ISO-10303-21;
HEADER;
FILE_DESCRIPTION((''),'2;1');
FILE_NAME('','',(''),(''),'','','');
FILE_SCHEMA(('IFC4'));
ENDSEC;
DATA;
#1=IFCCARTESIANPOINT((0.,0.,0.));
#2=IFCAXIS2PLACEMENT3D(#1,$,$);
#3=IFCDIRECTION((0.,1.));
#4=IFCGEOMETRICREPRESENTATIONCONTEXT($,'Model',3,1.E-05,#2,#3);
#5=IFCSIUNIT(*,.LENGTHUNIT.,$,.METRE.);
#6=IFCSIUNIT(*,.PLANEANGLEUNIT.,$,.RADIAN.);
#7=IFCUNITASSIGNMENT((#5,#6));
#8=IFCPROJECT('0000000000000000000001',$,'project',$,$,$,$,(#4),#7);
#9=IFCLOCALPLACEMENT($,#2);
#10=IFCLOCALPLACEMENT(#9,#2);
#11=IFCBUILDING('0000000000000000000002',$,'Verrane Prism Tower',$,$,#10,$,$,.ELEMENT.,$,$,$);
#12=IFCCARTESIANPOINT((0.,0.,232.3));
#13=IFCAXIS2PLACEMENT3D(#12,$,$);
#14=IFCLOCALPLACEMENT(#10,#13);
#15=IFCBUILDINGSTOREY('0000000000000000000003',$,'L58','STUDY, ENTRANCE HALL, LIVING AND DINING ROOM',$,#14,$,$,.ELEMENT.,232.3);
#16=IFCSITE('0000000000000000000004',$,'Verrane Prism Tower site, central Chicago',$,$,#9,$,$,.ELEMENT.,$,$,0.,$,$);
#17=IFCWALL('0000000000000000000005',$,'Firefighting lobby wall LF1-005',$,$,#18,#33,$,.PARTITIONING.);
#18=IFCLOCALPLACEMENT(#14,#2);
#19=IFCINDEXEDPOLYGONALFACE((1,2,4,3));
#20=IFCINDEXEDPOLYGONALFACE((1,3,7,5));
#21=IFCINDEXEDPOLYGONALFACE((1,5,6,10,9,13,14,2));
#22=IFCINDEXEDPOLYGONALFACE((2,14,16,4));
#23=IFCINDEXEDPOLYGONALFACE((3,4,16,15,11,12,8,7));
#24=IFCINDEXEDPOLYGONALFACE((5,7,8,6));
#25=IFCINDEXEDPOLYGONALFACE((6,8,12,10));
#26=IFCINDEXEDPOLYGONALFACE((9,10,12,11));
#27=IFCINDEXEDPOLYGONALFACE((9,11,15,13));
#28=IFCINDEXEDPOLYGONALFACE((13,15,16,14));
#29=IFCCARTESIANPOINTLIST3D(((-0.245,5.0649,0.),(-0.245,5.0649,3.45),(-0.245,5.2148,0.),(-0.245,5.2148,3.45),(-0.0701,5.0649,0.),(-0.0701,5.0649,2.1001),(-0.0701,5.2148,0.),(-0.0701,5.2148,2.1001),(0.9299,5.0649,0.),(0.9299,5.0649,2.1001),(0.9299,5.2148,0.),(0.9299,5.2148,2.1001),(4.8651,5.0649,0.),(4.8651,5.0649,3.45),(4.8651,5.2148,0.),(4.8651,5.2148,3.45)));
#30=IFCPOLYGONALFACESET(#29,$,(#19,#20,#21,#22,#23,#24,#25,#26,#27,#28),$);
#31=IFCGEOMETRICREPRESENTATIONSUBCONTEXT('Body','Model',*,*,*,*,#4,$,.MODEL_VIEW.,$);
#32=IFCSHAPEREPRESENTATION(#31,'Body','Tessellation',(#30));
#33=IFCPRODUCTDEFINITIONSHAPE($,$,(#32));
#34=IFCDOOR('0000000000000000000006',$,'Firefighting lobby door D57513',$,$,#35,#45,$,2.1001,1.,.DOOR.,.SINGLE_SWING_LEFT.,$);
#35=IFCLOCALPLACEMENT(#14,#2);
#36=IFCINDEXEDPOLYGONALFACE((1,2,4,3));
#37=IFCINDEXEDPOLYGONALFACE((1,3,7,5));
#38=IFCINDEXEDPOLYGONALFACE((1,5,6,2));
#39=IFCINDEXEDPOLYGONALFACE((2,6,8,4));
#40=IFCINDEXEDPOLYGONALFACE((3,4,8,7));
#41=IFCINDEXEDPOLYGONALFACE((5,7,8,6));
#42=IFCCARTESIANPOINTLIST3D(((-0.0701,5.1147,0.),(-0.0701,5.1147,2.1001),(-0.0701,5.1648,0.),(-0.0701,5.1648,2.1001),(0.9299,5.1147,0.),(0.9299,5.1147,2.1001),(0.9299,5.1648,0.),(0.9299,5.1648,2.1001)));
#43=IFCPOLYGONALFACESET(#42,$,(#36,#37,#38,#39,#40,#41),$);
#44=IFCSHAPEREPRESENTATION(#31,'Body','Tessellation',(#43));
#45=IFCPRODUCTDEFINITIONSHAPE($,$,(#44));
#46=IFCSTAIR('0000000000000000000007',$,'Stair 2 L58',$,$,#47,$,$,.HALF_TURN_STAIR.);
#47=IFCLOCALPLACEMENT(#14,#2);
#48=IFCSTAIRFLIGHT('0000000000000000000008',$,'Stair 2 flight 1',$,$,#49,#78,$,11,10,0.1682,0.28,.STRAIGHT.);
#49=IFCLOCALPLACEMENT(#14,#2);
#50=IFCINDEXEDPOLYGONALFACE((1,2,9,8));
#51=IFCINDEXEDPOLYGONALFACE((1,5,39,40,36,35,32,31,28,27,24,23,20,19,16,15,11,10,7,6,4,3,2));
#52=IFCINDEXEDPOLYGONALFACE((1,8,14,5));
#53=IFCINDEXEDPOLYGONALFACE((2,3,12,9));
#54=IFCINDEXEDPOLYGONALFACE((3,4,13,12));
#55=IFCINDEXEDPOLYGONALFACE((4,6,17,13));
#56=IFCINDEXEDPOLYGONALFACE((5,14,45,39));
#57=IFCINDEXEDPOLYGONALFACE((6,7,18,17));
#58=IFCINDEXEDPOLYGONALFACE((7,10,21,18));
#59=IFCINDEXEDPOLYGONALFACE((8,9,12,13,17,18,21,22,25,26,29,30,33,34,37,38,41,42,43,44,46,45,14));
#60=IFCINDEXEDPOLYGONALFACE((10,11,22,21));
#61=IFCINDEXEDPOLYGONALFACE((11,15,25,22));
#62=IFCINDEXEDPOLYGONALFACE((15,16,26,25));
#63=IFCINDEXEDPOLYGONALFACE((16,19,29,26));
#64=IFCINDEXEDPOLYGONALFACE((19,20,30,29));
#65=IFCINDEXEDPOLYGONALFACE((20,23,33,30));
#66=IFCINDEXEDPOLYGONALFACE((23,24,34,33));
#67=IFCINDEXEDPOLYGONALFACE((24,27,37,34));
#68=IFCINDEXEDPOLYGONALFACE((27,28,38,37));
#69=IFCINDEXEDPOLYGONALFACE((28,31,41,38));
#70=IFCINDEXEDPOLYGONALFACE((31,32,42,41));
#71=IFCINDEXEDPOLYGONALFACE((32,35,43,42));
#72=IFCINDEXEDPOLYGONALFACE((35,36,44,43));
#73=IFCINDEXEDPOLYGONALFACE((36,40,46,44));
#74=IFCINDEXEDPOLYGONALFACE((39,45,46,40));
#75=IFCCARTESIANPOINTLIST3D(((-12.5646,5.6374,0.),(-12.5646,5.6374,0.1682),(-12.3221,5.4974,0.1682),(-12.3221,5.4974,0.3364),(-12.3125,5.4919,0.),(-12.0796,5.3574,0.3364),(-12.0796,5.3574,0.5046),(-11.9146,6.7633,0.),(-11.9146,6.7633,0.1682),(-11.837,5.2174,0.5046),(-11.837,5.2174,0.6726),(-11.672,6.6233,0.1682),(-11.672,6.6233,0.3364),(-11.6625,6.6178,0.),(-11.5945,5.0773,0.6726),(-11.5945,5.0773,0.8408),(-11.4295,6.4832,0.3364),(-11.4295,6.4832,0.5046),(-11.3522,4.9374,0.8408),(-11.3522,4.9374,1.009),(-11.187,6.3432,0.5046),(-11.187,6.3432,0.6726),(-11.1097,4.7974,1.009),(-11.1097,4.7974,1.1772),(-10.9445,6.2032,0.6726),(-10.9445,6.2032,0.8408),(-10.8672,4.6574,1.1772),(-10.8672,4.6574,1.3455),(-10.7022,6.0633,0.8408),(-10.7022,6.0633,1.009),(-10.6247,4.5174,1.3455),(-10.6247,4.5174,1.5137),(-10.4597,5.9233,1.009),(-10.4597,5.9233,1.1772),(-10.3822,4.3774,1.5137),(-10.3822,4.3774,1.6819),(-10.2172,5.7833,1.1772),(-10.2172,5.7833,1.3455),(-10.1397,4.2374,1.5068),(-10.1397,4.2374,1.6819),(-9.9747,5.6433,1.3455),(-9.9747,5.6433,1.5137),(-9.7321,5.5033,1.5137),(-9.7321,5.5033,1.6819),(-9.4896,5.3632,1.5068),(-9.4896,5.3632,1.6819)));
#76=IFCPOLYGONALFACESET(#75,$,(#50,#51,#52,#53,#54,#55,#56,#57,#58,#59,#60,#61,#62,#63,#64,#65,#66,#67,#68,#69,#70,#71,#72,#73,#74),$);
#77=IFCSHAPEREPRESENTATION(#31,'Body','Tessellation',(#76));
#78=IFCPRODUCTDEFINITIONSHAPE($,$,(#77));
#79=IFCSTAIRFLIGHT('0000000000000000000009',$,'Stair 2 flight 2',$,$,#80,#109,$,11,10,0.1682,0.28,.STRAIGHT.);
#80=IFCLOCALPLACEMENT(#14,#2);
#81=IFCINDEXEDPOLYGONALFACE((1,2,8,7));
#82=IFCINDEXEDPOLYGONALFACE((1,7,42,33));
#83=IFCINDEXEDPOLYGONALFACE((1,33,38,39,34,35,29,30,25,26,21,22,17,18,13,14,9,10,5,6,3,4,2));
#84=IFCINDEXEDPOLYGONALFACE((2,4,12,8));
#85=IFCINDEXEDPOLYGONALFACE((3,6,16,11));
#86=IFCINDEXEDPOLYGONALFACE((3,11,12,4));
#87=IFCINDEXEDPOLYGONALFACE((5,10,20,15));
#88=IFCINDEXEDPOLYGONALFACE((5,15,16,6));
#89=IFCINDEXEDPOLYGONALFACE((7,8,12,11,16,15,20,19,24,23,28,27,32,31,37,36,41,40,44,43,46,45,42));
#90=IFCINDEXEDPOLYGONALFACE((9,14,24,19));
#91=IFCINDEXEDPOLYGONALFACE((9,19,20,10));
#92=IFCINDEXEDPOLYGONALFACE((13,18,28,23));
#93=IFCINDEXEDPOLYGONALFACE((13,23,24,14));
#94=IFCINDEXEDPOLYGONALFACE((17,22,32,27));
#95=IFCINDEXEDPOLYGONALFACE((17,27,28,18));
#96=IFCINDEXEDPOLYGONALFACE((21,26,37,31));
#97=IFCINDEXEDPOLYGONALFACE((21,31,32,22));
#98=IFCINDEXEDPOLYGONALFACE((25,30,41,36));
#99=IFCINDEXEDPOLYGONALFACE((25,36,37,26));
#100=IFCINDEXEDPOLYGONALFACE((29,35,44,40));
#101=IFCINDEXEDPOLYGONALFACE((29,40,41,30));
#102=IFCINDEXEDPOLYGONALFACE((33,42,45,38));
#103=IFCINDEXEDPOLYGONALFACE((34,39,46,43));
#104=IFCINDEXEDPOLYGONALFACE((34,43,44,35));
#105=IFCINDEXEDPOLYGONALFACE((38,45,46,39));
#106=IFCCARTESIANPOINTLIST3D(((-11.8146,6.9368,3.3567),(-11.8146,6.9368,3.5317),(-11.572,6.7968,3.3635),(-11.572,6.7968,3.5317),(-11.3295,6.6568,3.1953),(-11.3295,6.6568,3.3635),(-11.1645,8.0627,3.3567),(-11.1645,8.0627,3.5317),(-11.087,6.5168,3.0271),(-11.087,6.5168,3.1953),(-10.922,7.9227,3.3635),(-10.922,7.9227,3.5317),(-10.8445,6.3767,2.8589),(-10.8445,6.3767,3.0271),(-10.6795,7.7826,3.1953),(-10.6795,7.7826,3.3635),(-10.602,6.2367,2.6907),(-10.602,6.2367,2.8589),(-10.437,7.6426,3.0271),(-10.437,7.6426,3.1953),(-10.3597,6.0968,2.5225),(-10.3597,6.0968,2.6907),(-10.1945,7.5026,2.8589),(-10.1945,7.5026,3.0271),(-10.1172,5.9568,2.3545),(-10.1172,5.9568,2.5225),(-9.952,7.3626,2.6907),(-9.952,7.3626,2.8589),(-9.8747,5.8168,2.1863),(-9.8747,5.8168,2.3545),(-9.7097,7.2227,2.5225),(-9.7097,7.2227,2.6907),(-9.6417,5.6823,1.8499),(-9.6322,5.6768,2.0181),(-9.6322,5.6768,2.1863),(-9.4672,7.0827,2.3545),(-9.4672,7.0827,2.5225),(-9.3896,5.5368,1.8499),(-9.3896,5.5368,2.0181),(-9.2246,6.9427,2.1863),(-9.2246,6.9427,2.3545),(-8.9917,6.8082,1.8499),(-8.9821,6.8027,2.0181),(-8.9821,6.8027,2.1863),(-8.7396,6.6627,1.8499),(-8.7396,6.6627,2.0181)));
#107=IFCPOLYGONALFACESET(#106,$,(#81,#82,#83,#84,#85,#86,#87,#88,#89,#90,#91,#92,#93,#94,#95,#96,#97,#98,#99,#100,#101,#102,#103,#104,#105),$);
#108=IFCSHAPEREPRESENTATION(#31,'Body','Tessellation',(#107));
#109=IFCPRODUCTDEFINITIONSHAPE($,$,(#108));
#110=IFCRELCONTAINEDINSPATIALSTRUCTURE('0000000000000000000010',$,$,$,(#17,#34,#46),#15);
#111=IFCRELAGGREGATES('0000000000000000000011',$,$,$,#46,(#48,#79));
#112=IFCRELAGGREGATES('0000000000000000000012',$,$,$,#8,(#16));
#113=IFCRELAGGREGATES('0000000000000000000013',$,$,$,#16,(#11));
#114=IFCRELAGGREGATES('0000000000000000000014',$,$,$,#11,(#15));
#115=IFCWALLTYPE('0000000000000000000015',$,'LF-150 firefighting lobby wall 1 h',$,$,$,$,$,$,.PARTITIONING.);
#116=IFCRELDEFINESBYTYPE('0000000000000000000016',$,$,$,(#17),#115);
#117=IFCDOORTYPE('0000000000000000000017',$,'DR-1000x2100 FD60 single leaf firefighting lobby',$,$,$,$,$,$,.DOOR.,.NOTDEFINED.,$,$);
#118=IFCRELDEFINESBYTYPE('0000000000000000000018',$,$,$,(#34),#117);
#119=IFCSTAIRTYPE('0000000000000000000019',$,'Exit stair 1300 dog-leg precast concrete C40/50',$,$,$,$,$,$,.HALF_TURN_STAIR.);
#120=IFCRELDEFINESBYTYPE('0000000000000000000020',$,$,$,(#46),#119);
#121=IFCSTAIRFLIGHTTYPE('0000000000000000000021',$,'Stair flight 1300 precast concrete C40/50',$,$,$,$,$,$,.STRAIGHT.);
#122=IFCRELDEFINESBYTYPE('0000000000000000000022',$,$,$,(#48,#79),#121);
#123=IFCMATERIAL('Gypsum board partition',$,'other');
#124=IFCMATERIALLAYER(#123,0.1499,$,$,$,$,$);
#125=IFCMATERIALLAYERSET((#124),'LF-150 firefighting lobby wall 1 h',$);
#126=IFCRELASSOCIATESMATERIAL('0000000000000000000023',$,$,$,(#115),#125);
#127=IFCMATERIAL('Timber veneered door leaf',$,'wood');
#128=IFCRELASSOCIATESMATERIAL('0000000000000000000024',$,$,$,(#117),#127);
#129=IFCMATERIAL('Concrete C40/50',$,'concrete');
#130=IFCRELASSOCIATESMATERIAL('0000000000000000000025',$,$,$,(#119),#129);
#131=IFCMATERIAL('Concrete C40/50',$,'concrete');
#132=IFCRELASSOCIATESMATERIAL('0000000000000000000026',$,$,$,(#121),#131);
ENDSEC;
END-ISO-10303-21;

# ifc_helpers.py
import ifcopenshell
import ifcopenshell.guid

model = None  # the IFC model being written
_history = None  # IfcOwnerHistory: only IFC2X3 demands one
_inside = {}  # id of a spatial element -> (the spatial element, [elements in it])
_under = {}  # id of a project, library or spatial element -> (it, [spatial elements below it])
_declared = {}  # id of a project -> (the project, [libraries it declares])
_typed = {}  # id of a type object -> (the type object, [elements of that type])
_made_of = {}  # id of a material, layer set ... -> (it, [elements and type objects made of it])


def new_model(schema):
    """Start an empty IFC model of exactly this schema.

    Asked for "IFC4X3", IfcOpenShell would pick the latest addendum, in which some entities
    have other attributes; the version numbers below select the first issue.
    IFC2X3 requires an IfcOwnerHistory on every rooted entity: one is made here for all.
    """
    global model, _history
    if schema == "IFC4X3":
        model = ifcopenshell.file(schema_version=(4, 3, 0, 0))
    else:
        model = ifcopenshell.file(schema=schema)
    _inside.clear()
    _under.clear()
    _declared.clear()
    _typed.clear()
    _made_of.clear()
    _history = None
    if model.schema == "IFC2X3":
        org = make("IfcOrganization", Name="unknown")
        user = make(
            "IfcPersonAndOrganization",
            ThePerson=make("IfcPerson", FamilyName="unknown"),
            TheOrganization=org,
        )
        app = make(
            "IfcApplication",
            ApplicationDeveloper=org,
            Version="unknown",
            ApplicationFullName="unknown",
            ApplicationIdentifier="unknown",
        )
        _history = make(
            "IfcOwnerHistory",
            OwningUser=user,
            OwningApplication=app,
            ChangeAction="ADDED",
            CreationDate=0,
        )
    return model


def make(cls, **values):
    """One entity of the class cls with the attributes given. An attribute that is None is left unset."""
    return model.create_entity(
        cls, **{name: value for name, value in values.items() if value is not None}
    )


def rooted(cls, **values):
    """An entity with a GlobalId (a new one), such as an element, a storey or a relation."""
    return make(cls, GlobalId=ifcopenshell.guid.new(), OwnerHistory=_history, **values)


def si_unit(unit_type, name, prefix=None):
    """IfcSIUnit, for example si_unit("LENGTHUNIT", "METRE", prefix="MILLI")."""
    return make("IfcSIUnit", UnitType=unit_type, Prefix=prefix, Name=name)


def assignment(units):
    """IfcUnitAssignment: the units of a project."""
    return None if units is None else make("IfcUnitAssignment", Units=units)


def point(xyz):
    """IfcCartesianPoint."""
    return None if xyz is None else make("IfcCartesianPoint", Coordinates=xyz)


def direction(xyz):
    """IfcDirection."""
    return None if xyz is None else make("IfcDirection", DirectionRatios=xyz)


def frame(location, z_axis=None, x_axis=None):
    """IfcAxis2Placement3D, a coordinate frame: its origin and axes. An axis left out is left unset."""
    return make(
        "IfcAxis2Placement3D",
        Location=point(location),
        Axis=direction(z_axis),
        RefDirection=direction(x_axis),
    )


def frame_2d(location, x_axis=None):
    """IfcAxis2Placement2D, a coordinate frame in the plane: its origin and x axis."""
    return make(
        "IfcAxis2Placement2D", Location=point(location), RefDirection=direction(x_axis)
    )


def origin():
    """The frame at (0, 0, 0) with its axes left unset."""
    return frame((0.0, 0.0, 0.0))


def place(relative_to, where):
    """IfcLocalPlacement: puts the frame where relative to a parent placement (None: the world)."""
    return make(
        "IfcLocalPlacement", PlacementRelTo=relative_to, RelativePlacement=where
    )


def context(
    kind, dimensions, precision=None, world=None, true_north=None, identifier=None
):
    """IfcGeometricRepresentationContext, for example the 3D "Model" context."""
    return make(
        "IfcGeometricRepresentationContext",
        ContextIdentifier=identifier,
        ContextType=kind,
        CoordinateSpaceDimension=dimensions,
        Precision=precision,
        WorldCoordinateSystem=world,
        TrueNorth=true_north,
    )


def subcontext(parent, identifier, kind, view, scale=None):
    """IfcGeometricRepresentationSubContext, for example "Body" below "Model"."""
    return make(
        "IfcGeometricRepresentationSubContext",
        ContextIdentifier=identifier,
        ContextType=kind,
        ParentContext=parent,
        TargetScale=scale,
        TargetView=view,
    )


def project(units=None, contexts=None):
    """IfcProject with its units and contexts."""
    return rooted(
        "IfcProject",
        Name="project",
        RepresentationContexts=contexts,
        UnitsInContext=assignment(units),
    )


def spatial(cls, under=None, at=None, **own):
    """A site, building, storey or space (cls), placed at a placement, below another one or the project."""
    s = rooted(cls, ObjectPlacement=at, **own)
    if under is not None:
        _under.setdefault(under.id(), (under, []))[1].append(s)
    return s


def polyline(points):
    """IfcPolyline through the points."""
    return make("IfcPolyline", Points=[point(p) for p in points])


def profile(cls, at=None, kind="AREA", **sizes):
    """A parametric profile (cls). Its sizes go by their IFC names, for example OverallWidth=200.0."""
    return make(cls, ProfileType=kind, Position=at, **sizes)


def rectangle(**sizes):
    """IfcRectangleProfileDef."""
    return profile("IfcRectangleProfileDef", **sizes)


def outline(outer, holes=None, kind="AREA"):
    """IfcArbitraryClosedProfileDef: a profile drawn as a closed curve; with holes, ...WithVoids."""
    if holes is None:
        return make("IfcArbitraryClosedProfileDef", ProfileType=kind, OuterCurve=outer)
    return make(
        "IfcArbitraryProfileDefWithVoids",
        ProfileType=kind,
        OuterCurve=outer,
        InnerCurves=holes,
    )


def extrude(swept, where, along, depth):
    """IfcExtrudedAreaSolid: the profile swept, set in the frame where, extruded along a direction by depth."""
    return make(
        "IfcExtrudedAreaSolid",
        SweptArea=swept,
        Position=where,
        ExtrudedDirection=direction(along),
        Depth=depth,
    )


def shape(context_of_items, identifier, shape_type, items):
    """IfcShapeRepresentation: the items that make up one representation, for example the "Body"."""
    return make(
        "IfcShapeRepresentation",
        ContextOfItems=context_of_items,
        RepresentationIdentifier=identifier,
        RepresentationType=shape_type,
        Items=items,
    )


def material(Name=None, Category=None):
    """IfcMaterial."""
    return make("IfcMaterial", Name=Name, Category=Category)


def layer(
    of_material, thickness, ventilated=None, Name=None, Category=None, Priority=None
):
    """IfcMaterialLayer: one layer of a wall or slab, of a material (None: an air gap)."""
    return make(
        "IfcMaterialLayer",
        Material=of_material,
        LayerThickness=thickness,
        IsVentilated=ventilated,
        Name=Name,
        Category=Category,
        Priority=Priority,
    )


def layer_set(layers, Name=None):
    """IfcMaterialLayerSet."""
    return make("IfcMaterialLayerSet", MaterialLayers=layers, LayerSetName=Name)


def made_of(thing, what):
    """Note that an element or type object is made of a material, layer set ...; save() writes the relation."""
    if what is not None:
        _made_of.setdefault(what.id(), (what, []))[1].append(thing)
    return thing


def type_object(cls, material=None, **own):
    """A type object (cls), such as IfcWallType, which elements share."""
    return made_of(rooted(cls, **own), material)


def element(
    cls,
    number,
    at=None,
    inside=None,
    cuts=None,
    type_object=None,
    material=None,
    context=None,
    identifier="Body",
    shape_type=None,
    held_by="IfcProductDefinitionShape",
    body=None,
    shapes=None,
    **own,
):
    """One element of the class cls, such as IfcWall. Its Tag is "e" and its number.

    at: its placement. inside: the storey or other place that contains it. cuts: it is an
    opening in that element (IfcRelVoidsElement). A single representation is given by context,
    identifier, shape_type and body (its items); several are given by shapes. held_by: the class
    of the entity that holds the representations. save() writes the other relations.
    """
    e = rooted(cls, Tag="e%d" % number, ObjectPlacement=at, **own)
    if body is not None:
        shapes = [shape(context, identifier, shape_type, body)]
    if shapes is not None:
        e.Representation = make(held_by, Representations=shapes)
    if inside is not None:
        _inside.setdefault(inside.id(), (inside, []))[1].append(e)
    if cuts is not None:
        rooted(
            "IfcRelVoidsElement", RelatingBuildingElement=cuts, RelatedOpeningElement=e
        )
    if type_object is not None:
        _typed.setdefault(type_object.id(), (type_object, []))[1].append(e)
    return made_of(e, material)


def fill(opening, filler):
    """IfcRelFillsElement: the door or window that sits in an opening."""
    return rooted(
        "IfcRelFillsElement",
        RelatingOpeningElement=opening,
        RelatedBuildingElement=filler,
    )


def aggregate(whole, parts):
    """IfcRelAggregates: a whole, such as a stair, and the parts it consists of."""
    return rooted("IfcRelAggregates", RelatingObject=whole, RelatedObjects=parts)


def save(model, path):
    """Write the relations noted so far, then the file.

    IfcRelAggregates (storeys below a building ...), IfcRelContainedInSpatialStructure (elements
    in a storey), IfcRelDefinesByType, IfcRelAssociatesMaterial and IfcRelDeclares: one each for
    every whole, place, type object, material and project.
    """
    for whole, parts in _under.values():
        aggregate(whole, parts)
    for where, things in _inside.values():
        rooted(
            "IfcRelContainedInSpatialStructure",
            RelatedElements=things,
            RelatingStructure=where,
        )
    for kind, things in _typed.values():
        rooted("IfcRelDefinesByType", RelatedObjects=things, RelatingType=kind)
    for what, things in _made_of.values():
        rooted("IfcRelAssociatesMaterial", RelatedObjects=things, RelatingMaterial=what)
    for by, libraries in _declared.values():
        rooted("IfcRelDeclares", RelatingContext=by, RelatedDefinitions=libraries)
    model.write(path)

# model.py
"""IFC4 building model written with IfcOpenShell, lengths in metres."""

from ifc_helpers import new_model, si_unit, direction, frame, frame_2d, origin, place, context, subcontext, project, spatial, polyline, rectangle, outline, extrude, material, layer, layer_set, type_object, element, fill, aggregate, save


model = new_model("IFC4")

# Units and contexts
model_context = context("Model", 3, precision=1e-05, world=origin(), true_north=direction((0.0, 1.0)))
body_context = subcontext(model_context, "Body", "Model", "MODEL_VIEW")
ifc_project = project(units=[si_unit("LENGTHUNIT", "METRE"), si_unit("PLANEANGLEUNIT", "RADIAN")], contexts=[model_context])

# Site, building, storey
site_placement = place(None, origin())
site = spatial("IfcSite", under=ifc_project, at=site_placement, Name="Verrane Prism Tower site, central Chicago", CompositionType="ELEMENT", RefElevation=0.0)
building_placement = place(site_placement, origin())
building = spatial("IfcBuilding", under=site, at=building_placement, Name="Verrane Prism Tower", CompositionType="ELEMENT")
storey_placement = place(building_placement, frame((0.0, 0.0, 232.3)))
storey = spatial("IfcBuildingStorey", under=building, at=storey_placement, Name="L58", Description="STUDY, ENTRANCE HALL, LIVING AND DINING ROOM", CompositionType="ELEMENT", Elevation=232.3)

# Shared definitions
ifc_material_1 = material(Name="Gypsum board partition", Category="other")
ifc_layer_1 = layer(ifc_material_1, 0.1499)
ifc_layer_set_1 = layer_set([ifc_layer_1], Name="LF-150 firefighting lobby wall 1 h")
wall_type_1 = type_object("IfcWallType", Name="LF-150 firefighting lobby wall 1 h", PredefinedType="PARTITIONING", material=ifc_layer_set_1)

# Shared definitions
ifc_material_2 = material(Name="Timber veneered door leaf", Category="wood")
door_type_1 = type_object("IfcDoorType", Name="DR-1000x2100 FD60 single leaf firefighting lobby", OperationType="NOTDEFINED", PredefinedType="DOOR", material=ifc_material_2)

# Wall, opening, door
wall_1_placement = place(storey_placement, frame((-0.2451, 5.1399, 0.0), z_axis=(0.0, 0.0, 1.0), x_axis=(1.0, 0.0, 0.0)))
wall_1 = element("IfcWall", 1, at=wall_1_placement, inside=storey, type_object=wall_type_1, Name="Firefighting lobby wall LF1-005", PredefinedType="PARTITIONING", context=body_context, shape_type="SweptSolid", body=[
    extrude(rectangle(XDim=5.1101, YDim=0.1499, at=frame_2d((2.5552, 0.0))), origin(), (0.0, 0.0, 1.0), 3.45),
])
opening_1_placement = place(wall_1_placement, frame((0.175, 0.0, 0.0)))
opening_1 = element("IfcOpeningElement", 2, at=opening_1_placement, cuts=wall_1, PredefinedType="OPENING", context=body_context, shape_type="SweptSolid", body=[
    extrude(rectangle(XDim=1.0, YDim=2.1001, at=frame_2d((0.5, 1.05))), frame((0.0, 0.085, 0.0), z_axis=(0.0, -1.0, 0.0), x_axis=(1.0, 0.0, 0.0)), (0.0, 0.0, 1.0), 0.1699),
])
door_1_placement = place(opening_1_placement, origin())
door_1 = element("IfcDoor", 3, at=door_1_placement, inside=storey, type_object=door_type_1, Name="Firefighting lobby door D57513", OperationType="SINGLE_SWING_LEFT", OverallHeight=2.1001, OverallWidth=1.0, PredefinedType="DOOR", context=body_context, shape_type="SweptSolid", body=[
    extrude(rectangle(XDim=1.0, YDim=2.1001, at=frame_2d((0.5, 1.05))), frame((0.0, 0.0249, 0.0), z_axis=(0.0, -1.0, 0.0), x_axis=(1.0, 0.0, 0.0)), (0.0, 0.0, 1.0), 0.05),
])
fill(opening_1, door_1)

# Stair, stair flights
ifc_material_3 = material(Name="Concrete C40/50", Category="concrete")
stair_type = type_object("IfcStairType", Name="Exit stair 1300 dog-leg precast concrete C40/50", PredefinedType="HALF_TURN_STAIR", material=ifc_material_3)
stair_placement = place(storey_placement, origin())
stair = element("IfcStair", 4, at=stair_placement, inside=storey, type_object=stair_type, Name="Stair 2 L58", PredefinedType="HALF_TURN_STAIR")
ifc_material_4 = material(Name="Concrete C40/50", Category="concrete")
stair_flight_type = type_object("IfcStairFlightType", Name="Stair flight 1300 precast concrete C40/50", PredefinedType="STRAIGHT", material=ifc_material_4)
stair_flight_1_placement = place(storey_placement, frame((-12.2395, 6.2004, 0.0), z_axis=(0.0, 0.0, 1.0), x_axis=(0.866025, -0.5, 0.0)))
stair_flight_1 = element("IfcStairFlight", 5, at=stair_flight_1_placement, type_object=stair_flight_type, Name="Stair 2 flight 1", NumberOfRisers=11, NumberOfTreads=10, PredefinedType="STRAIGHT", RiserHeight=0.1682, TreadLength=0.28, context=body_context, shape_type="SweptSolid", body=[
    extrude(outline(polyline([(0.0, 0.0), (0.0, 0.1682), (0.28, 0.1682), (0.28, 0.3364), (0.5601, 0.3364), (0.5601, 0.5046), (0.8401, 0.5046), (0.8401, 0.6726), (1.1201, 0.6726), (1.1201, 0.8408), (1.3999, 0.8408), (1.3999, 1.009), (1.6799, 1.009), (1.6799, 1.1772), (1.96, 1.1772), (1.96, 1.3455), (2.24, 1.3455), (2.24, 1.5137), (2.52, 1.5137), (2.52, 1.6819), (2.8, 1.6819), (2.8, 1.8501), (2.8, 1.5068), (0.291, 0.0), (0.0, 0.0)])), frame((0.0, 0.6499, 0.0), z_axis=(0.0, -1.0, 0.0), x_axis=(1.0, 0.0, 0.0)), (0.0, 0.0, 1.0), 1.3),
])
stair_flight_2_placement = place(storey_placement, frame((-9.0647, 6.0996, 1.8499), z_axis=(0.0, 0.0, 1.0), x_axis=(-0.866025, 0.5, 0.0)))
stair_flight_2 = element("IfcStairFlight", 6, at=stair_flight_2_placement, type_object=stair_flight_type, Name="Stair 2 flight 2", NumberOfRisers=11, NumberOfTreads=10, PredefinedType="STRAIGHT", RiserHeight=0.1682, TreadLength=0.28, context=body_context, shape_type="SweptSolid", body=[
    extrude(outline(polyline([(0.0, 0.0), (0.0, 0.1682), (0.28, 0.1682), (0.28, 0.3364), (0.5601, 0.3364), (0.5601, 0.5046), (0.8401, 0.5046), (0.8401, 0.6726), (1.1201, 0.6726), (1.1201, 0.8408), (1.3999, 0.8408), (1.3999, 1.009), (1.6799, 1.009), (1.6799, 1.1772), (1.96, 1.1772), (1.96, 1.3455), (2.24, 1.3455), (2.24, 1.5137), (2.52, 1.5137), (2.52, 1.6819), (2.8, 1.6819), (2.8, 1.8501), (2.8, 1.5068), (0.291, 0.0), (0.0, 0.0)])), frame((0.0, 0.6499, 0.0), z_axis=(0.0, -1.0, 0.0), x_axis=(1.0, 0.0, 0.0)), (0.0, 0.0, 1.0), 1.3),
])
aggregate(stair, [stair_flight_1, stair_flight_2])

save(model, "model.ifc")
